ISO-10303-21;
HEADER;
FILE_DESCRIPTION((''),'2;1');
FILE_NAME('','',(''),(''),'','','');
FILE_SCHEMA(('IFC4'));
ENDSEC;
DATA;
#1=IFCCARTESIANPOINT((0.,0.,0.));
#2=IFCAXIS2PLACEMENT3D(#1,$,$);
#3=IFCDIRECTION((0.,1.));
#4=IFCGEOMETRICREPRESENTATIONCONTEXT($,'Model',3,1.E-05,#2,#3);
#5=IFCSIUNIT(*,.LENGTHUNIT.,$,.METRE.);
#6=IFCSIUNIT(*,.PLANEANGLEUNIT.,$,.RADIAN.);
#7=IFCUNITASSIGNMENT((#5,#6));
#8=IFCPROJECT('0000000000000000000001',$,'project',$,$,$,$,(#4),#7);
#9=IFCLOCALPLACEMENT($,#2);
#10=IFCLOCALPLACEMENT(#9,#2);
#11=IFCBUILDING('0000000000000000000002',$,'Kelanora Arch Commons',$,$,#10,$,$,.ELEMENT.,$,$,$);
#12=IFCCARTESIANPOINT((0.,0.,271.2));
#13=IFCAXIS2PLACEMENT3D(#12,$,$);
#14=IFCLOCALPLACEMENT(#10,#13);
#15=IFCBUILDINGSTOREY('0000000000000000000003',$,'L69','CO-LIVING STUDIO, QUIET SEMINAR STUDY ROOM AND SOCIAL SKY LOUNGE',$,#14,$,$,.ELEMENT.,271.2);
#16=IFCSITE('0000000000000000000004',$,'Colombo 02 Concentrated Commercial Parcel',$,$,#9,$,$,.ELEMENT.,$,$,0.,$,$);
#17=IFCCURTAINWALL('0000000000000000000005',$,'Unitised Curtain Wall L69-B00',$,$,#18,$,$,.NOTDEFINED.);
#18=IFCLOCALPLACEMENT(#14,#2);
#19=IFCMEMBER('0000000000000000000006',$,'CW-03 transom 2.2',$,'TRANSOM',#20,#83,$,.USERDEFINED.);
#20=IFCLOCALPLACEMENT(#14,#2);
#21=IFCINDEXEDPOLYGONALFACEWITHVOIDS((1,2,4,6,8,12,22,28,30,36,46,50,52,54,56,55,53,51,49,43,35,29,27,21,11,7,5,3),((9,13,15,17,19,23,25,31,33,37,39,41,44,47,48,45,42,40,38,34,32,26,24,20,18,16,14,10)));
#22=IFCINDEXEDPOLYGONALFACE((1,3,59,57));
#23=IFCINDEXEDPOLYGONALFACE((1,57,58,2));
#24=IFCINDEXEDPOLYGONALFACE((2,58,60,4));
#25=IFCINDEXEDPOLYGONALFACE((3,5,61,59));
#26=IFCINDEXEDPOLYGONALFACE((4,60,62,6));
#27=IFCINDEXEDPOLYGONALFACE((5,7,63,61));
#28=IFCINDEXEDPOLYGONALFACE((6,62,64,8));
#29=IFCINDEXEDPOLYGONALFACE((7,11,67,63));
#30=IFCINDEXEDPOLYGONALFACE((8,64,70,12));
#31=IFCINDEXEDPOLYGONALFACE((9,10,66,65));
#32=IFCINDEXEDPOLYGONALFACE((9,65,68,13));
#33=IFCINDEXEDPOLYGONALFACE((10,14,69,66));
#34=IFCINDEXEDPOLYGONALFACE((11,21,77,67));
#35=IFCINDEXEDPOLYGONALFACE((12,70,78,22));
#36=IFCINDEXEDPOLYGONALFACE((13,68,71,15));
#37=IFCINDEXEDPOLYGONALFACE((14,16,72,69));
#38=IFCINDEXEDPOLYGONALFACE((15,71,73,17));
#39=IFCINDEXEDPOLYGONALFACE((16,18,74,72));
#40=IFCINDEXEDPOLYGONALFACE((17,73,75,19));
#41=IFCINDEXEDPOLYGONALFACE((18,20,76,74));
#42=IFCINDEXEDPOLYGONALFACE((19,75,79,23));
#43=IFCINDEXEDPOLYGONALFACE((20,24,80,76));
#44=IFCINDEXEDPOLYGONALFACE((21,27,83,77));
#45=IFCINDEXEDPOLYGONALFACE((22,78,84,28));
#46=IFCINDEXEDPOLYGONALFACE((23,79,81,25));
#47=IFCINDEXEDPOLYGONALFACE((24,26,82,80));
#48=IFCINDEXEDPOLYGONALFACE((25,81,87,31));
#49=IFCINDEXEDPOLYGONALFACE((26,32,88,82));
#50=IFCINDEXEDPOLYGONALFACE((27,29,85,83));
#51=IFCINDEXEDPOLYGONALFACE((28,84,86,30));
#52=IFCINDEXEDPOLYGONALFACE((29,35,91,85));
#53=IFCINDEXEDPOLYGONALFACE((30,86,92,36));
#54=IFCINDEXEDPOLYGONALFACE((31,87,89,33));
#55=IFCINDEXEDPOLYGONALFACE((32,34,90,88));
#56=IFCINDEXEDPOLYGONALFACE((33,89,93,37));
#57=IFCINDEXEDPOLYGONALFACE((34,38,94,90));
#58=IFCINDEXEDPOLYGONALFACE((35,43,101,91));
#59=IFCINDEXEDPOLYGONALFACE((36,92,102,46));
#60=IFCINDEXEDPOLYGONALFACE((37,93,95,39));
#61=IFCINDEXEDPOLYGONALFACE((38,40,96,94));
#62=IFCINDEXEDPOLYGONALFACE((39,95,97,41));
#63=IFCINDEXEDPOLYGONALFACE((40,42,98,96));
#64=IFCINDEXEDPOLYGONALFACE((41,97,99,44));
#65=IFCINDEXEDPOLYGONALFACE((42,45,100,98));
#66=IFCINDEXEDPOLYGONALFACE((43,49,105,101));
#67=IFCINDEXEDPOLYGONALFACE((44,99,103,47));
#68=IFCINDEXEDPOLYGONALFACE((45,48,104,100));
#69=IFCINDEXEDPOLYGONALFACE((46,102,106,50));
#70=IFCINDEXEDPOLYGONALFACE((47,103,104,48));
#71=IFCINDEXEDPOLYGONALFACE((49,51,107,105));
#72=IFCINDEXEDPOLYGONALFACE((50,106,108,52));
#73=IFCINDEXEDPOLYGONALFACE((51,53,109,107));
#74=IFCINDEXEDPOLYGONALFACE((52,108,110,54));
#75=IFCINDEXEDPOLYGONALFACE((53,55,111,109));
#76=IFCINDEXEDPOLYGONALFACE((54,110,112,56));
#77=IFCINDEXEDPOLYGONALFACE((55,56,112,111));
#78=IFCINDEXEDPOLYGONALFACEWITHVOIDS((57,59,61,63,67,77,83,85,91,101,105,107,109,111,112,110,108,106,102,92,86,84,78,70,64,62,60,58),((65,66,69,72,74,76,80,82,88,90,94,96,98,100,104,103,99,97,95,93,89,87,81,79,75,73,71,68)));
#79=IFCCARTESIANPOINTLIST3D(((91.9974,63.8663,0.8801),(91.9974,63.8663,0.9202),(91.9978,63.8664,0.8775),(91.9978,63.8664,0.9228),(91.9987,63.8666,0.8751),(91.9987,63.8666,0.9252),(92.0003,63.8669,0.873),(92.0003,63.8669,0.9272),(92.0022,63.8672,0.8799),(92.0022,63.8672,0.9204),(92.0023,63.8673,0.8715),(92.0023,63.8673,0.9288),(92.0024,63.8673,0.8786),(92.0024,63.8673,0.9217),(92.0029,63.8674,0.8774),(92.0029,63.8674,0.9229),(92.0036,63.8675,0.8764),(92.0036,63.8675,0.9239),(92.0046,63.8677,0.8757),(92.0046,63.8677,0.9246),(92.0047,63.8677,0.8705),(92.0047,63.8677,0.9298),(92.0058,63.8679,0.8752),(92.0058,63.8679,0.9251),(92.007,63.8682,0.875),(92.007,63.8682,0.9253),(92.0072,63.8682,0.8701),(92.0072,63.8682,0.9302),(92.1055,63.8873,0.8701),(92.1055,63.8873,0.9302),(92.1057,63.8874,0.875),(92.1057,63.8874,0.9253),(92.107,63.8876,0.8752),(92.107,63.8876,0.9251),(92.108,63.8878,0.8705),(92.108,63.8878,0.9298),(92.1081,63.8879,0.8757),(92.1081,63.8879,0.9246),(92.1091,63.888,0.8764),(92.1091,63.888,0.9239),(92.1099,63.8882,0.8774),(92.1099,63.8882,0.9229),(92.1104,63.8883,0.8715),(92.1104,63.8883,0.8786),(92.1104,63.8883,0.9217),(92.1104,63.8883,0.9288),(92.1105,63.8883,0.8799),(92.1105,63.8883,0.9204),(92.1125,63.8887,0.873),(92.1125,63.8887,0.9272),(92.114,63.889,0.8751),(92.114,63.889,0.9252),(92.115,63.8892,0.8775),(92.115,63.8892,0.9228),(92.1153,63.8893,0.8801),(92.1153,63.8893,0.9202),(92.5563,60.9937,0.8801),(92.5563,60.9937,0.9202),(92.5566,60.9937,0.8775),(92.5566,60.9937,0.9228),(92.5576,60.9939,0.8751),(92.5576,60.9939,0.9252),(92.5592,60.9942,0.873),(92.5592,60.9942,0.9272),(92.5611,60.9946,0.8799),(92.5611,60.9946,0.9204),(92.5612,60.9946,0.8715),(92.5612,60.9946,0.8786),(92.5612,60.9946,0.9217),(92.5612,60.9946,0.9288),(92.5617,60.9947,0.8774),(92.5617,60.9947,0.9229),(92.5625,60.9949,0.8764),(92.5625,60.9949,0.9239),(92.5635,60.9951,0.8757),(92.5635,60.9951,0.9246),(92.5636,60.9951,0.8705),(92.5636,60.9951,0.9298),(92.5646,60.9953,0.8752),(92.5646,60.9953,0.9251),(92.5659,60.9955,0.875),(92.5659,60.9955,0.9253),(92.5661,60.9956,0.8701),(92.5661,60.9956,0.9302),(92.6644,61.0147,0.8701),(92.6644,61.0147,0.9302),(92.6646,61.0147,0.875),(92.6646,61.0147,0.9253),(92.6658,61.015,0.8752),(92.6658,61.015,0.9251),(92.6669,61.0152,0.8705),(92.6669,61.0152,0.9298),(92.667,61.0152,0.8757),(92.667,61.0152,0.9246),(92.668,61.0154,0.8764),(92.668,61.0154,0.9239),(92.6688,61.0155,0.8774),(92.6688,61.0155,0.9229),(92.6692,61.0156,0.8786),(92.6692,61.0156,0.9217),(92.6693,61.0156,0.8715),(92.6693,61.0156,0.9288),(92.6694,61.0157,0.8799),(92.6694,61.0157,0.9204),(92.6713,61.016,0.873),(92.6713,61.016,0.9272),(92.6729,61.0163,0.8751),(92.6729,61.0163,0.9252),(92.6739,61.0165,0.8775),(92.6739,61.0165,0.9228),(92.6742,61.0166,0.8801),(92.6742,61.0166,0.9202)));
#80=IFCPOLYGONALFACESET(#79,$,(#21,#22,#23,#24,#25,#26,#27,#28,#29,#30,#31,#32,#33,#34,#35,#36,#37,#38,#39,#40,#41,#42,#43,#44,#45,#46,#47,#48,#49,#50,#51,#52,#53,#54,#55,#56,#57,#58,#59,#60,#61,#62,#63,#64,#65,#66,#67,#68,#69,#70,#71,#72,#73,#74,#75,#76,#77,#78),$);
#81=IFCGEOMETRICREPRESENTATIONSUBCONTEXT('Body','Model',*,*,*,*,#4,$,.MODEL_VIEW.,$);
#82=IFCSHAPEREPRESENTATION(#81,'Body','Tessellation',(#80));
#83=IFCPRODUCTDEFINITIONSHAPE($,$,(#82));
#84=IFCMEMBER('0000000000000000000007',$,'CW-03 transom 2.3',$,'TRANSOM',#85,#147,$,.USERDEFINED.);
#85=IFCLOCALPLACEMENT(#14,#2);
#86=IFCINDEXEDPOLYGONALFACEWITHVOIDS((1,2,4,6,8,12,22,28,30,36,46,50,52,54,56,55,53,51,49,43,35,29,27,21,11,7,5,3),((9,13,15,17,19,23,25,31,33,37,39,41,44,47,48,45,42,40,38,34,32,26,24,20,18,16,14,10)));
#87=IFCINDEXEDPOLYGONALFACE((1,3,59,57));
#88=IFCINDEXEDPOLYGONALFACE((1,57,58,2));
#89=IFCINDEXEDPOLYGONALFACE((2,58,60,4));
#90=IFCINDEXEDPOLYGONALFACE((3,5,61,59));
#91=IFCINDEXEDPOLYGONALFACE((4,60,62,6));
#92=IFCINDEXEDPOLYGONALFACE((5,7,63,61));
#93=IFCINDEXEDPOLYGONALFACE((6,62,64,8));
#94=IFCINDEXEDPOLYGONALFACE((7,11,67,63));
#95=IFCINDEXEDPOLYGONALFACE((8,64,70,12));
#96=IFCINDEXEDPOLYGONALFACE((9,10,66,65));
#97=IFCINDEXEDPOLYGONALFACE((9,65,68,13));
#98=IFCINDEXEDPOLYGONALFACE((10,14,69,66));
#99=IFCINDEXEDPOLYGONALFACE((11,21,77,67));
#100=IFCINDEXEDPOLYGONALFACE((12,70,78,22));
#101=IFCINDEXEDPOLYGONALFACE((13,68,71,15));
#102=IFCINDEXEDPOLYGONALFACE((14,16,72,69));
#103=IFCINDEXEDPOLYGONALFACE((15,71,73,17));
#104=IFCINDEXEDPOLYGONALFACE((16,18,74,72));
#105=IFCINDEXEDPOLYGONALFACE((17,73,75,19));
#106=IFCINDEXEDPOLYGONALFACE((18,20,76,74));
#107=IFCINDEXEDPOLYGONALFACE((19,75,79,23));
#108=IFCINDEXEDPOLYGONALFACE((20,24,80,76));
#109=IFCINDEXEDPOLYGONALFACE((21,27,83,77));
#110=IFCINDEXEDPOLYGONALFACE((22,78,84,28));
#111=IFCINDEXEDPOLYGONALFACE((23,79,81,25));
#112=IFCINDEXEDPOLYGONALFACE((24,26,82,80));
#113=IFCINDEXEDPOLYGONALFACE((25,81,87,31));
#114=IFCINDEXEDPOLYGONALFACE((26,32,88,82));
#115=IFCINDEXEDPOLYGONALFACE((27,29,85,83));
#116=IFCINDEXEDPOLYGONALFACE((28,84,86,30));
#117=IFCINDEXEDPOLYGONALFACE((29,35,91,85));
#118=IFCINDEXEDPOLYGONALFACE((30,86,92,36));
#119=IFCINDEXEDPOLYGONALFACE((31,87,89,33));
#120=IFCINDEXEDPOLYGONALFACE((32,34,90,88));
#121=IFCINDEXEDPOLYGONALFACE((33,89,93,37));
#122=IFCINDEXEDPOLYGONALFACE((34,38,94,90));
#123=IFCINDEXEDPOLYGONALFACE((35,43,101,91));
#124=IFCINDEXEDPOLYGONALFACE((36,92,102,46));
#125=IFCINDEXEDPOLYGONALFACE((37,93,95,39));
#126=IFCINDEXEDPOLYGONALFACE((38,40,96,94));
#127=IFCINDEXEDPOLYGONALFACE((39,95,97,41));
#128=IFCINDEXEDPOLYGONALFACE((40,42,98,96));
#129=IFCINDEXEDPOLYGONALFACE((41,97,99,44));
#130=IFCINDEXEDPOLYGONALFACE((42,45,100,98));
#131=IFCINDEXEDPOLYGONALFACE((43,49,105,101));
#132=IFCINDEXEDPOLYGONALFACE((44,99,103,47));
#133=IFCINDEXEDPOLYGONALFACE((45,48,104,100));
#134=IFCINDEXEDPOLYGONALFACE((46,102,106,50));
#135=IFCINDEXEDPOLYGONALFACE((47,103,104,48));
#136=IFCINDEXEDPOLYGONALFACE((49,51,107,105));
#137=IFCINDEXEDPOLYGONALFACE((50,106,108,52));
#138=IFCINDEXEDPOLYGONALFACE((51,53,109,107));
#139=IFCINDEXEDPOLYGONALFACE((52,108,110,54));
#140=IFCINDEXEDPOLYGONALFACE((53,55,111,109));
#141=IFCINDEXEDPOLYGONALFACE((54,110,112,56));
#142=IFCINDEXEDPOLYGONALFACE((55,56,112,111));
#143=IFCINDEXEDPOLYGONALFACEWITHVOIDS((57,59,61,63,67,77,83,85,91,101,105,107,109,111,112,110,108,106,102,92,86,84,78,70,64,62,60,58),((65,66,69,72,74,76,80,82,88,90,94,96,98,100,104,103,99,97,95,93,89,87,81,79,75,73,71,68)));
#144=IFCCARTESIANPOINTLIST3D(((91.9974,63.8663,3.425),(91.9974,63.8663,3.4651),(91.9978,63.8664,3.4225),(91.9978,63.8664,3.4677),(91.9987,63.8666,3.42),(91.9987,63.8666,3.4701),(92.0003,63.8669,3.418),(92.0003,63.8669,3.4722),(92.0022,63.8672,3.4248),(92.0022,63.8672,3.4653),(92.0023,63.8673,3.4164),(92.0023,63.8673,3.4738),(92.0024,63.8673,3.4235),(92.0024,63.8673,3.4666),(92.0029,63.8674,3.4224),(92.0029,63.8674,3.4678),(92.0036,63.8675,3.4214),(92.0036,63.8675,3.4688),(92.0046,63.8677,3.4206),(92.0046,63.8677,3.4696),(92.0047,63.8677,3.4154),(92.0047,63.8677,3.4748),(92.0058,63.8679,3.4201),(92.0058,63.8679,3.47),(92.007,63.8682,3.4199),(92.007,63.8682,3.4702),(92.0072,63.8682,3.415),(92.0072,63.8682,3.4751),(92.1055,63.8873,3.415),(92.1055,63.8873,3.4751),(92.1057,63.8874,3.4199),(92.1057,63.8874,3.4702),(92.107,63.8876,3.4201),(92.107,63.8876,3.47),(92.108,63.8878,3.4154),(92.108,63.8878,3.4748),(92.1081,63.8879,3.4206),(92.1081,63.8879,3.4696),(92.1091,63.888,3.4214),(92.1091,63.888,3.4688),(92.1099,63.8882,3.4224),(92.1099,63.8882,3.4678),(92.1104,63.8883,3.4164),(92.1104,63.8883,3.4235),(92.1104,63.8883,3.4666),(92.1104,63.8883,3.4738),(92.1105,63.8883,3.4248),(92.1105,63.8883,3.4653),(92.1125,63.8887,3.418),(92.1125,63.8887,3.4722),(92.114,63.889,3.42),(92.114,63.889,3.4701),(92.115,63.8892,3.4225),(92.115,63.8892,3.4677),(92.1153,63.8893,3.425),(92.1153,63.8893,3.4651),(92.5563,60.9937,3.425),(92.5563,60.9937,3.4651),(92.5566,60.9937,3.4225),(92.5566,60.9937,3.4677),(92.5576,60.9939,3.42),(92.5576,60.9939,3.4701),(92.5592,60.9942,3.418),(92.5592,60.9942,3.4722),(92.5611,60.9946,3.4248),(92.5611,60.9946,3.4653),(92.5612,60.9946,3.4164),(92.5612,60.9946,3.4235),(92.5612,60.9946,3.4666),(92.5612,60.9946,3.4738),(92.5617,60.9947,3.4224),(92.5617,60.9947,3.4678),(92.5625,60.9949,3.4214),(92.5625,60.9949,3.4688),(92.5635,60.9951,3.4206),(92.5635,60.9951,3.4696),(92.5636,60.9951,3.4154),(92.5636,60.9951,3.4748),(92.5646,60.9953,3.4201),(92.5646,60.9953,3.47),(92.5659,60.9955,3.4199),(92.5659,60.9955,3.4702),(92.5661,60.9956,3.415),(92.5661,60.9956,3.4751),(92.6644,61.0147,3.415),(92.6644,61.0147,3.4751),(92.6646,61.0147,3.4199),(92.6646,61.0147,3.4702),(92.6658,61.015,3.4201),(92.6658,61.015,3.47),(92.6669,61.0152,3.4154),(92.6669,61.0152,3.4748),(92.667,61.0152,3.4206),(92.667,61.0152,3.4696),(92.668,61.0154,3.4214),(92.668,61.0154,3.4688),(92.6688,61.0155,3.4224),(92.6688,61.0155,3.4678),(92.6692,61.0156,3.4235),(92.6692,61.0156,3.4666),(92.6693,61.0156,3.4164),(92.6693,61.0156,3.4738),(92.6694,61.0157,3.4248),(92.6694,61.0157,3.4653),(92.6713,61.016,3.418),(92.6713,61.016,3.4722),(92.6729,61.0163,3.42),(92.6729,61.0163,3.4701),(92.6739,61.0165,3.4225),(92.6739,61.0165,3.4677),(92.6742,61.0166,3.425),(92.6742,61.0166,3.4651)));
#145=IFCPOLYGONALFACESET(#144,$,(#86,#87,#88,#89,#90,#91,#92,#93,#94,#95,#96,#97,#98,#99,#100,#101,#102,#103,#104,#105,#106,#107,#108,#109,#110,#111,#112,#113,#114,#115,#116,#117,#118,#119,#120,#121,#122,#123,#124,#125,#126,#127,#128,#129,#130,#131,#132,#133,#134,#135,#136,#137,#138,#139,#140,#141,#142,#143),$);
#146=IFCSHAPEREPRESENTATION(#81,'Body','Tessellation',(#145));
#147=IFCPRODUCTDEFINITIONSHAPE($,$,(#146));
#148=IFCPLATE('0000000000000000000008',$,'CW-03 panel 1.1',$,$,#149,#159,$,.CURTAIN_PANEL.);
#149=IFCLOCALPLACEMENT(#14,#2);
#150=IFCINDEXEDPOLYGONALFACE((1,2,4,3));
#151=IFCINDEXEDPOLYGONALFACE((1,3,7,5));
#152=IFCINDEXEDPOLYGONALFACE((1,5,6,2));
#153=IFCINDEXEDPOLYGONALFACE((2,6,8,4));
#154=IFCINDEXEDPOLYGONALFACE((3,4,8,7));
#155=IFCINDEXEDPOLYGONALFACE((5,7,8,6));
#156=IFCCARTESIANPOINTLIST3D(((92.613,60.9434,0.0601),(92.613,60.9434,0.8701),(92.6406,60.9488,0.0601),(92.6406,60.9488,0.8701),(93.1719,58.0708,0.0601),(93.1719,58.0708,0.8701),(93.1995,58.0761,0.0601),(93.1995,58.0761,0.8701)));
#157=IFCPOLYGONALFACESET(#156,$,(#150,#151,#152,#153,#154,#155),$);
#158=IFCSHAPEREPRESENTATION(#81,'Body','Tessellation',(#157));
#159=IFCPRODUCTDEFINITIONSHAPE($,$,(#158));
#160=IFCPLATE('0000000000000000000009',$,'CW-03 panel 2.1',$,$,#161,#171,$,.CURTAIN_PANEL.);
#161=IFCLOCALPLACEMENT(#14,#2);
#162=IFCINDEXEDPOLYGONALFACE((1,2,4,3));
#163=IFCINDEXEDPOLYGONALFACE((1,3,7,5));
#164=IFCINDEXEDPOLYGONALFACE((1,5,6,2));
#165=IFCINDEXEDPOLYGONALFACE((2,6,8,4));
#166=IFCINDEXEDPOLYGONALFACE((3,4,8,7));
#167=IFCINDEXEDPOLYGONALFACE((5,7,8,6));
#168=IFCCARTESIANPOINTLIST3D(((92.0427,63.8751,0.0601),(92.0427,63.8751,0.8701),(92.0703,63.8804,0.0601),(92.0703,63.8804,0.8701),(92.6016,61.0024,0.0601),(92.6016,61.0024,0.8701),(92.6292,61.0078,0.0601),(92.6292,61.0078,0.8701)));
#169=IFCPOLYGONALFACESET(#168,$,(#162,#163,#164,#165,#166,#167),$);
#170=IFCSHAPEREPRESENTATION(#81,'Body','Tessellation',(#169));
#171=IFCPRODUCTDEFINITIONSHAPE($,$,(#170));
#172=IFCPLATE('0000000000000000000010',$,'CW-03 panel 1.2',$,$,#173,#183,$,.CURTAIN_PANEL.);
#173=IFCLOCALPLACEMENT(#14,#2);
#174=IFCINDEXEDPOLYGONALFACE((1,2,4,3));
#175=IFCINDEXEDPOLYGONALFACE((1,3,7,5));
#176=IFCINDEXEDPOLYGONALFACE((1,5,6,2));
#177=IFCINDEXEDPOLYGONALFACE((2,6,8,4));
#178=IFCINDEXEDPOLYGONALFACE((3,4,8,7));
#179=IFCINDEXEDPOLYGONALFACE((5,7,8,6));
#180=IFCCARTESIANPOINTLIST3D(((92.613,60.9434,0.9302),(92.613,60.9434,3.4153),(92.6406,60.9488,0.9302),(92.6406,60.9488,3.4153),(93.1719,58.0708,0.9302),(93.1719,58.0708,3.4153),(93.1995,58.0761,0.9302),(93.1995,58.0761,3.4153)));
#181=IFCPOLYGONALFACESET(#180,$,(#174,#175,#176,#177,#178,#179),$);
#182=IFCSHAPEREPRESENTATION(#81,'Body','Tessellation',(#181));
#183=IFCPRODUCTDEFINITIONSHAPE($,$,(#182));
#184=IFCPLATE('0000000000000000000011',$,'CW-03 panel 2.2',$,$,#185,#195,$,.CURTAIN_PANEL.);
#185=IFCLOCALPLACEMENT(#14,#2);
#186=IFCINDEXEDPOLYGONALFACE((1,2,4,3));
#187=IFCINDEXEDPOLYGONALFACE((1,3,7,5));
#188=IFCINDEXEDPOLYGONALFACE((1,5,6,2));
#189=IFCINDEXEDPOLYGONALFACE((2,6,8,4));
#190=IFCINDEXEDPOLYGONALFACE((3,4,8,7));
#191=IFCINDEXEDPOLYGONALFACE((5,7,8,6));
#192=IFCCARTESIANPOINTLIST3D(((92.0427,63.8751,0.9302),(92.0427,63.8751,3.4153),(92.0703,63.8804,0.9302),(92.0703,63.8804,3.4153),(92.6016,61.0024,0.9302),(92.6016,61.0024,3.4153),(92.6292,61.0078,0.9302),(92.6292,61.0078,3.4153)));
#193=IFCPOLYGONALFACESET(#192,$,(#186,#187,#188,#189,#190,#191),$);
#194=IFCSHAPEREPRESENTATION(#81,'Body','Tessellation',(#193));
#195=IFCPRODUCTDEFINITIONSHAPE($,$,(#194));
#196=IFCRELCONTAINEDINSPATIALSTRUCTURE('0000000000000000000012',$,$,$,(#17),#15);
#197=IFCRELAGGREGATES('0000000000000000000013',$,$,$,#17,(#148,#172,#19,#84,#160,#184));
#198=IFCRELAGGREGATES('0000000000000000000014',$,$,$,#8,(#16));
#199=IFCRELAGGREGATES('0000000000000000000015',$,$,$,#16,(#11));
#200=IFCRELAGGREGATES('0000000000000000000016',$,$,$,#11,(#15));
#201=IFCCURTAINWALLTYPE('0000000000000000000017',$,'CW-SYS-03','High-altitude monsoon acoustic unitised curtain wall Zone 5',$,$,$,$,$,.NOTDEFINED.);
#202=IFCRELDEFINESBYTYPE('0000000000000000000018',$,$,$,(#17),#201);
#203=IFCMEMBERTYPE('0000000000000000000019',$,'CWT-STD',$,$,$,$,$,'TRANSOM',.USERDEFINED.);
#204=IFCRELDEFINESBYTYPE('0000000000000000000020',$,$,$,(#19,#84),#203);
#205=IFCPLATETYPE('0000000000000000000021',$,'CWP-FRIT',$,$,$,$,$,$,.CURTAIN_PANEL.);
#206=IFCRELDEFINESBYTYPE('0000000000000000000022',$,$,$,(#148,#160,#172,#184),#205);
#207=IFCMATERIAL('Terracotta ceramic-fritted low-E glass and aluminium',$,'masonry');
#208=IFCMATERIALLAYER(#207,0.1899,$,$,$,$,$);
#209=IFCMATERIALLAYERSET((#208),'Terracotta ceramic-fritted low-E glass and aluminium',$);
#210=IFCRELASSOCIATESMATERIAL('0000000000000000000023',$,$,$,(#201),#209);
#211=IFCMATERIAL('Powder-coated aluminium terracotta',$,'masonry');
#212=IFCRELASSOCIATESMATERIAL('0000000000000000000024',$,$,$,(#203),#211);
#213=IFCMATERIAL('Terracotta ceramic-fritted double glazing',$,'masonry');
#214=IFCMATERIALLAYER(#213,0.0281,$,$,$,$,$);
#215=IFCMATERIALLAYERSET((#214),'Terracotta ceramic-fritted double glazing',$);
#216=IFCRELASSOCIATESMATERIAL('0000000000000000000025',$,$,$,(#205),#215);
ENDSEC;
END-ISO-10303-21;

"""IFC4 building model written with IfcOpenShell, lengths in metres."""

from ifc_helpers import new_model, si_unit, direction, frame, origin, origin_2d, place, context, subcontext, project, spatial, rectangle, hollow_rectangle, extrude, source, transform, mapped, material, layer, layer_set, material_profile, profile_set, type_object, element, aggregate, save


model = new_model("IFC4")

# Units and contexts
model_context = context("Model", 3, precision=1e-05, world=origin(), true_north=direction((0.0, 1.0)))
body_context = subcontext(model_context, "Body", "Model", "MODEL_VIEW")
ifc_project = project(units=[si_unit("LENGTHUNIT", "METRE"), si_unit("PLANEANGLEUNIT", "RADIAN")], contexts=[model_context])

# Site, building, storey
site_placement = place(None, origin())
site = spatial("IfcSite", under=ifc_project, at=site_placement, Name="Colombo 02 Concentrated Commercial Parcel", CompositionType="ELEMENT", RefElevation=0.0)
building_placement = place(site_placement, origin())
building = spatial("IfcBuilding", under=site, at=building_placement, Name="Kelanora Arch Commons", CompositionType="ELEMENT")
storey_placement = place(building_placement, frame((0.0, 0.0, 271.2)))
storey = spatial("IfcBuildingStorey", under=building, at=storey_placement, Name="L69", Description="CO-LIVING STUDIO, QUIET SEMINAR STUDY ROOM AND SOCIAL SKY LOUNGE", CompositionType="ELEMENT", Elevation=271.2)

# Curtain wall, members, plates
ifc_material_1 = material(Name="Terracotta ceramic-fritted low-E glass and aluminium", Category="masonry")
ifc_layer_1 = layer(ifc_material_1, 0.1899)
ifc_layer_set_1 = layer_set([ifc_layer_1], Name="Terracotta ceramic-fritted low-E glass and aluminium")
curtain_wall_type = type_object("IfcCurtainWallType", Name="CW-SYS-03", Description="High-altitude monsoon acoustic unitised curtain wall Zone 5", PredefinedType="NOTDEFINED", material=ifc_layer_set_1)
curtain_wall_placement = place(storey_placement, origin())
curtain_wall = element("IfcCurtainWall", 1, at=curtain_wall_placement, inside=storey, type_object=curtain_wall_type, Name="Unitised Curtain Wall L69-B00", PredefinedType="NOTDEFINED")
ifc_material_2 = material(Name="Powder-coated aluminium terracotta", Category="masonry")
ifc_material_profile_1 = material_profile(ifc_material_2, hollow_rectangle(XDim=0.1201, YDim=0.0601, WallThickness=0.0049, InnerFilletRadius=0.0049, OuterFilletRadius=0.01, at=origin_2d()), Name="CWT120x60")
ifc_profile_set_1 = profile_set([ifc_material_profile_1], Name="Powder-coated aluminium terracotta")
member_type_1 = type_object("IfcMemberType", Name="CWT-STD", ElementType="TRANSOM", PredefinedType="USERDEFINED", material=ifc_profile_set_1)
member_1_placement = place(storey_placement, frame((92.6152, 61.0051, 0.9001), z_axis=(-0.190963, 0.981597, 0.0), x_axis=(-0.981597, -0.190963, 0.0)))
member_1 = element("IfcMember", 2, at=member_1_placement, type_object=member_type_1, Name="CW-03 transom 2.2", ObjectType="TRANSOM", PredefinedType="USERDEFINED", context=body_context, shape_type="SweptSolid", body=[
    extrude(hollow_rectangle(XDim=0.1201, YDim=0.0601, WallThickness=0.0049, InnerFilletRadius=0.0049, OuterFilletRadius=0.01, at=origin_2d()), origin(), (0.0, 0.0, 1.0), 2.9265),
])
member_2_placement = place(storey_placement, frame((92.6152, 61.0051, 3.4451), z_axis=(-0.190963, 0.981597, 0.0), x_axis=(-0.981597, -0.190963, 0.0)))
member_2 = element("IfcMember", 3, at=member_2_placement, type_object=member_type_1, Name="CW-03 transom 2.3", ObjectType="TRANSOM", PredefinedType="USERDEFINED", context=body_context, shape_type="SweptSolid", body=[
    extrude(hollow_rectangle(XDim=0.1201, YDim=0.0601, WallThickness=0.0049, InnerFilletRadius=0.0049, OuterFilletRadius=0.01, at=origin_2d()), origin(), (0.0, 0.0, 1.0), 2.9265),
])
ifc_material_3 = material(Name="Terracotta ceramic-fritted double glazing", Category="masonry")
ifc_layer_2 = layer(ifc_material_3, 0.0281)
ifc_layer_set_2 = layer_set([ifc_layer_2], Name="Terracotta ceramic-fritted double glazing")
plate_type = type_object("IfcPlateType", Name="CWP-FRIT", PredefinedType="CURTAIN_PANEL", material=ifc_layer_set_2)
shared_shape_1 = source(origin(), body_context, "Body", "SweptSolid", [
    extrude(rectangle(XDim=2.9265, YDim=0.0281, at=origin_2d()), origin(), (0.0, 0.0, 1.0), 0.8101),
])
plate_1_placement = place(storey_placement, frame((92.9062, 59.5098, 0.0601), z_axis=(0.0, 0.0, 1.0), x_axis=(-0.190972, 0.981596, 0.0)))
plate_1 = element("IfcPlate", 4, at=plate_1_placement, type_object=plate_type, Name="CW-03 panel 1.1", PredefinedType="CURTAIN_PANEL", context=body_context, shape_type="MappedRepresentation", body=[
    mapped(shared_shape_1, transform((0.0, 0.0, 0.0), scale=1.0)),
])
plate_2_placement = place(storey_placement, frame((92.3359, 62.4414, 0.0601), z_axis=(0.0, 0.0, 1.0), x_axis=(-0.190972, 0.981596, 0.0)))
plate_2 = element("IfcPlate", 5, at=plate_2_placement, type_object=plate_type, Name="CW-03 panel 2.1", PredefinedType="CURTAIN_PANEL", context=body_context, shape_type="MappedRepresentation", body=[
    mapped(shared_shape_1, transform((0.0, 0.0, 0.0), scale=1.0)),
])
shared_shape_2 = source(origin(), body_context, "Body", "SweptSolid", [
    extrude(rectangle(XDim=2.9265, YDim=0.0281, at=origin_2d()), origin(), (0.0, 0.0, 1.0), 2.4851),
])
plate_3_placement = place(storey_placement, frame((92.9062, 59.5098, 0.9302), z_axis=(0.0, 0.0, 1.0), x_axis=(-0.190972, 0.981596, 0.0)))
plate_3 = element("IfcPlate", 6, at=plate_3_placement, type_object=plate_type, Name="CW-03 panel 1.2", PredefinedType="CURTAIN_PANEL", context=body_context, shape_type="MappedRepresentation", body=[
    mapped(shared_shape_2, transform((0.0, 0.0, 0.0), scale=1.0)),
])
plate_4_placement = place(storey_placement, frame((92.3359, 62.4414, 0.9302), z_axis=(0.0, 0.0, 1.0), x_axis=(-0.190972, 0.981596, 0.0)))
plate_4 = element("IfcPlate", 7, at=plate_4_placement, type_object=plate_type, Name="CW-03 panel 2.2", PredefinedType="CURTAIN_PANEL", context=body_context, shape_type="MappedRepresentation", body=[
    mapped(shared_shape_2, transform((0.0, 0.0, 0.0), scale=1.0)),
])
aggregate(curtain_wall, [plate_1, plate_3, member_1, member_2, plate_2, plate_4])

save(model, "model.ifc")
